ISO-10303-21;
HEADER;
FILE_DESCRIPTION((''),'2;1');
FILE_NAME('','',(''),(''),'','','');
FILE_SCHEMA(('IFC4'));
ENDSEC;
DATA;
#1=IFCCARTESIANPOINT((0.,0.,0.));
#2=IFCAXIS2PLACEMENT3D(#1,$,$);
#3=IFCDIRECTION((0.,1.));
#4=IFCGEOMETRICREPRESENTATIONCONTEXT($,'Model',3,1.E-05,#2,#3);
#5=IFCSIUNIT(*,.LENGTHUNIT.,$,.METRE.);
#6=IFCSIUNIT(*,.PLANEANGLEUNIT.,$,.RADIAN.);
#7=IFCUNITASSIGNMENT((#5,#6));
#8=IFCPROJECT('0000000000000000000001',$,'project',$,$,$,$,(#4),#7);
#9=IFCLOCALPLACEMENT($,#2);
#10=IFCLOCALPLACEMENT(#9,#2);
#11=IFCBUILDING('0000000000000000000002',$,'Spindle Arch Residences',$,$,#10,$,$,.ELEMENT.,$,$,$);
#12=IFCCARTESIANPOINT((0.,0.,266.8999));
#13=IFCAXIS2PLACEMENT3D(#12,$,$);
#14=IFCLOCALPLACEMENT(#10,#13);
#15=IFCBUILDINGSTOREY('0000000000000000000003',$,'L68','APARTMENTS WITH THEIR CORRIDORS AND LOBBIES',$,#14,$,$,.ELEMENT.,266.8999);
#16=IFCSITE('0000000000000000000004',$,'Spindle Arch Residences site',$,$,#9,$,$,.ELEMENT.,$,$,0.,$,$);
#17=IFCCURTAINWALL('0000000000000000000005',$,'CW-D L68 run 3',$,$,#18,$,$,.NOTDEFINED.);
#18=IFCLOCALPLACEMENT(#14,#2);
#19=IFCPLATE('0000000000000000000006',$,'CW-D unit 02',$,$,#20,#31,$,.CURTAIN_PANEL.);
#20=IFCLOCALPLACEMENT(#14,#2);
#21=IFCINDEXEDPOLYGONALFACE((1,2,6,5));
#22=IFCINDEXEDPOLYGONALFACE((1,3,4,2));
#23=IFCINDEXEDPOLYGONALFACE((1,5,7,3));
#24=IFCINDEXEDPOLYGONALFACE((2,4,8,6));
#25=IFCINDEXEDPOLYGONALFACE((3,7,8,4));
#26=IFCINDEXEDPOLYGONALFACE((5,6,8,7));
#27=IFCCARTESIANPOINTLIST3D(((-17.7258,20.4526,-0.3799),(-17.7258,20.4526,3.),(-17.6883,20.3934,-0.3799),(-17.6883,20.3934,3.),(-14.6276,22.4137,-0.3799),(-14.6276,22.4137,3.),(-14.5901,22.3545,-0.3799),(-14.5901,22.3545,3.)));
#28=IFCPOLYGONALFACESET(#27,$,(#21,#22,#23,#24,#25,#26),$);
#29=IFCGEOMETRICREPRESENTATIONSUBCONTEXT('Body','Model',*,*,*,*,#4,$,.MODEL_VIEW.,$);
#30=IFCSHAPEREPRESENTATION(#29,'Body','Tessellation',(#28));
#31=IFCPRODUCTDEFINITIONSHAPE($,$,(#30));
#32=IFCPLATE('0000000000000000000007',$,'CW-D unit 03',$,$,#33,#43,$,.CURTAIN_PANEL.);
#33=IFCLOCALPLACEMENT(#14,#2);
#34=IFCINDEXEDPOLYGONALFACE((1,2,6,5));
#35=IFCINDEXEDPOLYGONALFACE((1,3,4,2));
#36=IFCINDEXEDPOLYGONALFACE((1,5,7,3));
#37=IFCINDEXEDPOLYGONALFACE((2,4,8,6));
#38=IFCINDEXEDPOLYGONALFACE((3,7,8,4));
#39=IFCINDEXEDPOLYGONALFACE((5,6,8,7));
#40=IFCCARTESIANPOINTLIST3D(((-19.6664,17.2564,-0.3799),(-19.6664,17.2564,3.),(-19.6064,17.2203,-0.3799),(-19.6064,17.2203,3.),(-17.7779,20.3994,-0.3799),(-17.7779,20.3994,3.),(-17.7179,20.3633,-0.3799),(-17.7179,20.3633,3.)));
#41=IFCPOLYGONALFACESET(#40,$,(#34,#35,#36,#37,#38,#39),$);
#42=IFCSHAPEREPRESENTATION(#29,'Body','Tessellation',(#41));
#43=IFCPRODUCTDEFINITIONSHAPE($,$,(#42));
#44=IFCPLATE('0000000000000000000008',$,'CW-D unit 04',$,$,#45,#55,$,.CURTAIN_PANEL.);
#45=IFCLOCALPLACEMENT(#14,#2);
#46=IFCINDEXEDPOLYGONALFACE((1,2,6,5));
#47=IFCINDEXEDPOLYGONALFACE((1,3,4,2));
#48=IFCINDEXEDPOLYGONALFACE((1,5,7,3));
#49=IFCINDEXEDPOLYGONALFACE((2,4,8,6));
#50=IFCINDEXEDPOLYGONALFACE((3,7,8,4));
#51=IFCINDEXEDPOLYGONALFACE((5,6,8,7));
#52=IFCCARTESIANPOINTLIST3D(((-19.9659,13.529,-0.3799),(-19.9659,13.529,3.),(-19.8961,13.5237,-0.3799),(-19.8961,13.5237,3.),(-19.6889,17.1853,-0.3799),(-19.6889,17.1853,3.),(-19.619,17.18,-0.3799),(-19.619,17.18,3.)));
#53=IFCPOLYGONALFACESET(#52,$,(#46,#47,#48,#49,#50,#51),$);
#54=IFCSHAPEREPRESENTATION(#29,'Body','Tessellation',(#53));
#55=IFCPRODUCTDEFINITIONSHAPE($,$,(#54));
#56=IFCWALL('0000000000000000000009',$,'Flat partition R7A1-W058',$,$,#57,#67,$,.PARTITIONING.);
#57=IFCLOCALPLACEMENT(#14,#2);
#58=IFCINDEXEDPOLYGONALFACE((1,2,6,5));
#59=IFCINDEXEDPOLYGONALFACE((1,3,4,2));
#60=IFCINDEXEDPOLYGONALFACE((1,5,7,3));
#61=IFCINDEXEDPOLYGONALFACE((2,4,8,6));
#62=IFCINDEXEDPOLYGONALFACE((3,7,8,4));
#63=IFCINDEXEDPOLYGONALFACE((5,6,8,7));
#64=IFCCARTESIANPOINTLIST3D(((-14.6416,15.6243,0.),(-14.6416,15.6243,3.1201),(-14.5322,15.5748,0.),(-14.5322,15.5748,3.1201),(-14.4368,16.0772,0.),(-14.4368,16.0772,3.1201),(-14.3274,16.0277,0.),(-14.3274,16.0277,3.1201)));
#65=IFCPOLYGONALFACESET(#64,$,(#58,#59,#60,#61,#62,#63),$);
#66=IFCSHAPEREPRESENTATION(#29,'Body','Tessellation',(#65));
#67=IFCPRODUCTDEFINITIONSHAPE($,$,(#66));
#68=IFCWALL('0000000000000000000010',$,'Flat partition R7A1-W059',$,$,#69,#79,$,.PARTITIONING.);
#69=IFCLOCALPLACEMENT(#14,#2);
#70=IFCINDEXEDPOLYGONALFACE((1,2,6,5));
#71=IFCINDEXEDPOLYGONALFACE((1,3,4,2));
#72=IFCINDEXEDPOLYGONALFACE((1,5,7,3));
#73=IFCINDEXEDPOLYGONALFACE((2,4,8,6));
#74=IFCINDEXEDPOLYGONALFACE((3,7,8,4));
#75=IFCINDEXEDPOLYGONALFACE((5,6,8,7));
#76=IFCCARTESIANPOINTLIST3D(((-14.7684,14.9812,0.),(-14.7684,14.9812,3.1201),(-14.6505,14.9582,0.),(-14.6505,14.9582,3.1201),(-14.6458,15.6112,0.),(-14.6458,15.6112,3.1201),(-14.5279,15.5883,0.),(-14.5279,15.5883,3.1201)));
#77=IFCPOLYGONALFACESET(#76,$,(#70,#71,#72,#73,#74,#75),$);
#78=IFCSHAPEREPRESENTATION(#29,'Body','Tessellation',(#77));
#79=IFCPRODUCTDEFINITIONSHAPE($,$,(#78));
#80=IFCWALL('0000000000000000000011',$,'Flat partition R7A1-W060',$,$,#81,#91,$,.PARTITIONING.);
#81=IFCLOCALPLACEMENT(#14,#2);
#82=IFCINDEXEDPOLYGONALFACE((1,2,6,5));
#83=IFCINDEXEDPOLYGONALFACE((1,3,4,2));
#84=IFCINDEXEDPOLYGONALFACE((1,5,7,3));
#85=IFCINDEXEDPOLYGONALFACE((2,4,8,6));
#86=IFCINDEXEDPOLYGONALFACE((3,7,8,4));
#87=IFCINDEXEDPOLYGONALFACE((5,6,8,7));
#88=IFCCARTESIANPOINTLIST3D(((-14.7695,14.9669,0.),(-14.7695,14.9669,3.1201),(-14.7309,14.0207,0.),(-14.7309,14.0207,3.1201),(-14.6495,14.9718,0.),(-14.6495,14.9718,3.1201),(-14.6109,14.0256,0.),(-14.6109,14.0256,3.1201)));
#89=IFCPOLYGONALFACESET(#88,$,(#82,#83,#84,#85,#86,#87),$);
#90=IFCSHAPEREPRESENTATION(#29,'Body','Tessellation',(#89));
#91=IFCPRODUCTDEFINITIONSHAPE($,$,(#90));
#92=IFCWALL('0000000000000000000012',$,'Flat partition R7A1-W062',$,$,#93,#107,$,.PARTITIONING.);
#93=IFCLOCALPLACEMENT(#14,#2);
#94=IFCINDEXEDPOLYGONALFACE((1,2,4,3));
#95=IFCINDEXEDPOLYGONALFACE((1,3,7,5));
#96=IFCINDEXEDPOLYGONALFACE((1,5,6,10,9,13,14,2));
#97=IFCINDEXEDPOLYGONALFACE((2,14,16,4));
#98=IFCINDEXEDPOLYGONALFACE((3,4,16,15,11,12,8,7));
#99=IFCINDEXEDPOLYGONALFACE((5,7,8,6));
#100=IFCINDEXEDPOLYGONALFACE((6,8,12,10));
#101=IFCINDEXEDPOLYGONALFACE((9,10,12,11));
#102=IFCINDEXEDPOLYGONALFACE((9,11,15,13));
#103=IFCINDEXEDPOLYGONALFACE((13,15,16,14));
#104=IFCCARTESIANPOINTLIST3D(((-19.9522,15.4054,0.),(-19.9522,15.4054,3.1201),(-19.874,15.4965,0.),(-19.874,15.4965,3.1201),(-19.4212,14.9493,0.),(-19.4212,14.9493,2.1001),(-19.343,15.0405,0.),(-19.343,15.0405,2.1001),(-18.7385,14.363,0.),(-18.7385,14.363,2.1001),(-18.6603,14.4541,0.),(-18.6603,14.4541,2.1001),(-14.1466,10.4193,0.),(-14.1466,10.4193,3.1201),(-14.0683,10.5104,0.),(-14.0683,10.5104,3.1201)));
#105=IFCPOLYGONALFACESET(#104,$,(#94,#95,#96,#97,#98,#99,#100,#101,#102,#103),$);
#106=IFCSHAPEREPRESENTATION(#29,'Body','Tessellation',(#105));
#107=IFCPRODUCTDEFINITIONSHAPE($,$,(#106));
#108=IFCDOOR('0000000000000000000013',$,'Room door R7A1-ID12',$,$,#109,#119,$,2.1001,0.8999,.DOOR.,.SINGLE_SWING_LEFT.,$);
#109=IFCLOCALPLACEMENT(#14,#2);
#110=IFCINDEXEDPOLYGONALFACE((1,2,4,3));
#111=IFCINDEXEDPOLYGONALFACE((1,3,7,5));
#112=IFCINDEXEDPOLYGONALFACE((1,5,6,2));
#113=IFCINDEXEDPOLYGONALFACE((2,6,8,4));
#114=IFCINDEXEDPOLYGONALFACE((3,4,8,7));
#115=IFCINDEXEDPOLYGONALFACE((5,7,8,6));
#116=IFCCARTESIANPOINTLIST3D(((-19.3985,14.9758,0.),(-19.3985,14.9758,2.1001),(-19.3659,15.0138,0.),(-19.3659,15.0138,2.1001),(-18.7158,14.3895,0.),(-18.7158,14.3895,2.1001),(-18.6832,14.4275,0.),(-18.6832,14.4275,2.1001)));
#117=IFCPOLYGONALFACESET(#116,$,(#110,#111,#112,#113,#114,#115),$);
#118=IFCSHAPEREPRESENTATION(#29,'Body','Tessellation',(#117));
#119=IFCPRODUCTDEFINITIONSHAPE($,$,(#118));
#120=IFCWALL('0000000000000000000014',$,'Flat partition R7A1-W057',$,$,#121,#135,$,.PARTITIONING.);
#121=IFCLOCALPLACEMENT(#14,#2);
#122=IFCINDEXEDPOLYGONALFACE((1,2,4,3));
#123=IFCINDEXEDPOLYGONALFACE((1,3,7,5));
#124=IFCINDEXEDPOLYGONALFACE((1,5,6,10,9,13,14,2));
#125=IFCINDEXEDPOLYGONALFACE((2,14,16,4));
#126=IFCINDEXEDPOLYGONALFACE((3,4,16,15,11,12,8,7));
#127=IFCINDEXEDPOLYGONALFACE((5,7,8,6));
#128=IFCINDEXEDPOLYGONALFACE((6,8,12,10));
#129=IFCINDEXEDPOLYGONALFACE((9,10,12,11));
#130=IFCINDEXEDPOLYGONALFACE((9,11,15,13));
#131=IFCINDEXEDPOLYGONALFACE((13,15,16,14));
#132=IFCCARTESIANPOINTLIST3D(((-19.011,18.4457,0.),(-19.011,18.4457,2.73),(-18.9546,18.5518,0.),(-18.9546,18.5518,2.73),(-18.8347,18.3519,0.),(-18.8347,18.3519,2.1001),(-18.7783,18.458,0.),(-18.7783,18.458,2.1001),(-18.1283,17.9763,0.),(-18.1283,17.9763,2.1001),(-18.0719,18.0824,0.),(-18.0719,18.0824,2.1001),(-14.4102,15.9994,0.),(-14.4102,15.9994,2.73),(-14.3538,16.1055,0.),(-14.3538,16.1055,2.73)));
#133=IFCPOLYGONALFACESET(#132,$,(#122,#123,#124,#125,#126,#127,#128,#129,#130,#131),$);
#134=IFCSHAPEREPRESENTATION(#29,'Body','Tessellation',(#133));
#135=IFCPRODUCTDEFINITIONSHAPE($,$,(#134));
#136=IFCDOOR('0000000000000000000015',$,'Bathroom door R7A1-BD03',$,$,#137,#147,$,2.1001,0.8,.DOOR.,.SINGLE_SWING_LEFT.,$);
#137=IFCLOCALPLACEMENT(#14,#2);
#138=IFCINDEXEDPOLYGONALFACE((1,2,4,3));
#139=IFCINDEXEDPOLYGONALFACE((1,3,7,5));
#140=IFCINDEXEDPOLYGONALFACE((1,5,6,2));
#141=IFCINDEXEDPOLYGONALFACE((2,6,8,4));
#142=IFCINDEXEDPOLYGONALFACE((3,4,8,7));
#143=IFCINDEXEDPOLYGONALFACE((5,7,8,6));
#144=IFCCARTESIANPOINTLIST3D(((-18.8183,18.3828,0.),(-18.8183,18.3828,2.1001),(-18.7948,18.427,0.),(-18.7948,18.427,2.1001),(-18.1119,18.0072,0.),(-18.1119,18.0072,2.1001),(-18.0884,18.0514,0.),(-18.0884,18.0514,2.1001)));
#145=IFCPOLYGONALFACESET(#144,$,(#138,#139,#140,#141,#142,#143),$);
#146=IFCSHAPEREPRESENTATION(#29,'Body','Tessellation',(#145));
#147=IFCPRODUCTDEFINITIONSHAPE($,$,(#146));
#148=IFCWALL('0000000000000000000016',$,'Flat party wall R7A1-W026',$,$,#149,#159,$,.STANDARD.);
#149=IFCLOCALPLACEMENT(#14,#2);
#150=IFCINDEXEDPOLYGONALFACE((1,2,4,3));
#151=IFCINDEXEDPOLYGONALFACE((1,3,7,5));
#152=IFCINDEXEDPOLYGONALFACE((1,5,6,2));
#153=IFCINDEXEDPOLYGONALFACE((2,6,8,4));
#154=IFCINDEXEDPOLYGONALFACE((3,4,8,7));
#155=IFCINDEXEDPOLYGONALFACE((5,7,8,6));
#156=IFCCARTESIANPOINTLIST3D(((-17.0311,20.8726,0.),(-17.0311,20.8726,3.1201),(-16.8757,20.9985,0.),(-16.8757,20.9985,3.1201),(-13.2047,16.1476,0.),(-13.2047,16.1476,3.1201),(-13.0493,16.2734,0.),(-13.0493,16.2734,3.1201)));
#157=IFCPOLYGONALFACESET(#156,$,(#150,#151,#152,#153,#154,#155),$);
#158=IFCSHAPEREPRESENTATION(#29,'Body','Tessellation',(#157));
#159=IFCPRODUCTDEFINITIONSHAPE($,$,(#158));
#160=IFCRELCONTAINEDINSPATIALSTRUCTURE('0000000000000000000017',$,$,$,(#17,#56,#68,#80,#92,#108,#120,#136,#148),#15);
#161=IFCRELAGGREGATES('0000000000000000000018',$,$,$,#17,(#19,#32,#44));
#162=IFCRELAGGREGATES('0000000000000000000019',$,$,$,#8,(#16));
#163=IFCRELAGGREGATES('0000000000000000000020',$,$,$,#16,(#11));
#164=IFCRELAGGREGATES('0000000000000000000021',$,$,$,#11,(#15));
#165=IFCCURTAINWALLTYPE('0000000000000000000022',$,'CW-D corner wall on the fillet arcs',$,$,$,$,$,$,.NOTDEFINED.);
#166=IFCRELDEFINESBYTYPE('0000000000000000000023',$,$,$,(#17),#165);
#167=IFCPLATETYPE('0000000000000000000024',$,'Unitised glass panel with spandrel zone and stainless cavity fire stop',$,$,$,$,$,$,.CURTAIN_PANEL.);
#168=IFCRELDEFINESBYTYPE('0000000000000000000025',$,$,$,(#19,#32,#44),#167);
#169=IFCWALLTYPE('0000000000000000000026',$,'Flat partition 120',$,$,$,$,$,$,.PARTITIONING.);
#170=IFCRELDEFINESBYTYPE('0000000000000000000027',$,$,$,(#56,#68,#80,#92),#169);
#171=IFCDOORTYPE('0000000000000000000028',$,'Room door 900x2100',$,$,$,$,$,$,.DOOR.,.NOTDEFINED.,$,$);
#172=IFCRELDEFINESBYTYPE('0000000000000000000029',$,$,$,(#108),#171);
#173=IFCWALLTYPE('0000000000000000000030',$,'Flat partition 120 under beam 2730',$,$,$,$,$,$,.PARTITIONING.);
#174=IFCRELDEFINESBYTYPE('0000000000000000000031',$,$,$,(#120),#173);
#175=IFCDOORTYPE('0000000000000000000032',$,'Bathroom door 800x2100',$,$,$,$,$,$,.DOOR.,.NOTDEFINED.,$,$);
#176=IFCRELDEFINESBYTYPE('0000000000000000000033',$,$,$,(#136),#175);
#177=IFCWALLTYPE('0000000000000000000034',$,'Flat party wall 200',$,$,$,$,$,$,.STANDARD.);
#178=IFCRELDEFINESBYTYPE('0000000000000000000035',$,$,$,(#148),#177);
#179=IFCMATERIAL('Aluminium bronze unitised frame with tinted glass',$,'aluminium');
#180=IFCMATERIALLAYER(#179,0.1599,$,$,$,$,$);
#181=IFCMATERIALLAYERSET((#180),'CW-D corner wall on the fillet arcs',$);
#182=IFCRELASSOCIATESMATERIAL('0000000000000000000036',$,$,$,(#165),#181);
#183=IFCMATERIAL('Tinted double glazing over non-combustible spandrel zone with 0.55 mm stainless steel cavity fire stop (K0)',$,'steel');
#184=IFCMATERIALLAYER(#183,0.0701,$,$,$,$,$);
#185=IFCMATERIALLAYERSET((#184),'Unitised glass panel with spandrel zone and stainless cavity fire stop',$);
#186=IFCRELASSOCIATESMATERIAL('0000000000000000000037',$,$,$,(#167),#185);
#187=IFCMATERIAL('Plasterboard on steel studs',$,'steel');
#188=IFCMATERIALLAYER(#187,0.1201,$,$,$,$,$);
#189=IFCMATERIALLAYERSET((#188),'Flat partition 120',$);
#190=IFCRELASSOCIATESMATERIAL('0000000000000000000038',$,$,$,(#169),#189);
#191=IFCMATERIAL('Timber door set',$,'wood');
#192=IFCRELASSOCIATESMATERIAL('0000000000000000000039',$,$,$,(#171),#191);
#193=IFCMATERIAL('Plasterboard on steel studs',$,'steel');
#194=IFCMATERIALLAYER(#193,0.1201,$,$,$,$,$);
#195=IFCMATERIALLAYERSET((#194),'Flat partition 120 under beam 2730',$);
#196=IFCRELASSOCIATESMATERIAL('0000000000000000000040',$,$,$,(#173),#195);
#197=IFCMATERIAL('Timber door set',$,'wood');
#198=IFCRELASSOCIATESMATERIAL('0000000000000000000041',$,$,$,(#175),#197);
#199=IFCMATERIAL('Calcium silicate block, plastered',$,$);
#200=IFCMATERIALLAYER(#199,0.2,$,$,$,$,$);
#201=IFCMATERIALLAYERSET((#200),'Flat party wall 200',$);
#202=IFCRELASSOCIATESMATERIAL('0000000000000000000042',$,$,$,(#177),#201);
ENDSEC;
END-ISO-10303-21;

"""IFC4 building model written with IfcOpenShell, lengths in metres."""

from ifc_helpers import new_model, si_unit, direction, frame, frame_2d, origin, origin_2d, place, context, subcontext, project, spatial, rectangle, extrude, material, layer, layer_set, type_object, element, fill, aggregate, save


model = new_model("IFC4")

# Units and contexts
model_context = context("Model", 3, precision=1e-05, world=origin(), true_north=direction((0.0, 1.0)))
body_context = subcontext(model_context, "Body", "Model", "MODEL_VIEW")
ifc_project = project(units=[si_unit("LENGTHUNIT", "METRE"), si_unit("PLANEANGLEUNIT", "RADIAN")], contexts=[model_context])

# Site, building, storey
site_placement = place(None, origin())
site = spatial("IfcSite", under=ifc_project, at=site_placement, Name="Spindle Arch Residences site", CompositionType="ELEMENT", RefElevation=0.0)
building_placement = place(site_placement, origin())
building = spatial("IfcBuilding", under=site, at=building_placement, Name="Spindle Arch Residences", CompositionType="ELEMENT")
storey_placement = place(building_placement, frame((0.0, 0.0, 266.8999)))
storey = spatial("IfcBuildingStorey", under=building, at=storey_placement, Name="L68", Description="APARTMENTS WITH THEIR CORRIDORS AND LOBBIES", CompositionType="ELEMENT", Elevation=266.8999)

# Curtain wall
ifc_material_1 = material(Name="Aluminium bronze unitised frame with tinted glass", Category="aluminium")
ifc_layer_1 = layer(ifc_material_1, 0.1599)
ifc_layer_set_1 = layer_set([ifc_layer_1], Name="CW-D corner wall on the fillet arcs")
curtain_wall_type = type_object("IfcCurtainWallType", Name="CW-D corner wall on the fillet arcs", PredefinedType="NOTDEFINED", material=ifc_layer_set_1)
curtain_wall_placement = place(storey_placement, origin())
curtain_wall = element("IfcCurtainWall", 1, at=curtain_wall_placement, inside=storey, type_object=curtain_wall_type, Name="CW-D L68 run 3", PredefinedType="NOTDEFINED")

# Plates
ifc_material_2 = material(Name="Tinted double glazing over non-combustible spandrel zone with 0.55 mm stainless steel cavity fire stop (K0)", Category="steel")
ifc_layer_2 = layer(ifc_material_2, 0.0701)
ifc_layer_set_2 = layer_set([ifc_layer_2], Name="Unitised glass panel with spandrel zone and stainless cavity fire stop")
plate_type = type_object("IfcPlateType", Name="Unitised glass panel with spandrel zone and stainless cavity fire stop", PredefinedType="CURTAIN_PANEL", material=ifc_layer_set_2)
plate_1_placement = place(storey_placement, frame((-16.158, 21.4036, -0.3799), z_axis=(0.0, 0.0, 1.0), x_axis=(-0.844951, -0.534844, 0.0)))
plate_1 = element("IfcPlate", 2, at=plate_1_placement, type_object=plate_type, Name="CW-D unit 02", PredefinedType="CURTAIN_PANEL", context=body_context, shape_type="SweptSolid", body=[
    extrude(rectangle(XDim=3.6667, YDim=0.0701, at=origin_2d()), origin(), (0.0, 0.0, 1.0), 3.3799),
])
plate_2_placement = place(storey_placement, frame((-18.6921, 18.8098, -0.3799), z_axis=(0.0, 0.0, 1.0), x_axis=(-0.515038, -0.857167, 0.0)))
plate_2 = element("IfcPlate", 3, at=plate_2_placement, type_object=plate_type, Name="CW-D unit 03", PredefinedType="CURTAIN_PANEL", context=body_context, shape_type="SweptSolid", body=[
    extrude(rectangle(XDim=3.6667, YDim=0.0701, at=origin_2d()), origin(), (0.0, 0.0, 1.0), 3.3799),
])
plate_3_placement = place(storey_placement, frame((-19.7925, 15.3545, -0.3799), z_axis=(0.0, 0.0, 1.0), x_axis=(-0.075559, -0.997141, 0.0)))
plate_3 = element("IfcPlate", 4, at=plate_3_placement, type_object=plate_type, Name="CW-D unit 04", PredefinedType="CURTAIN_PANEL", context=body_context, shape_type="SweptSolid", body=[
    extrude(rectangle(XDim=3.6667, YDim=0.0701, at=origin_2d()), origin(), (0.0, 0.0, 1.0), 3.3799),
])
aggregate(curtain_wall, [plate_1, plate_2, plate_3])

# Walls
ifc_material_3 = material(Name="Plasterboard on steel studs", Category="steel")
ifc_layer_3 = layer(ifc_material_3, 0.1201)
ifc_layer_set_3 = layer_set([ifc_layer_3], Name="Flat partition 120")
wall_type_1 = type_object("IfcWallType", Name="Flat partition 120", PredefinedType="PARTITIONING", material=ifc_layer_set_3)
wall_1_placement = place(storey_placement, frame((-14.3821, 16.0525, 0.0), z_axis=(0.0, 0.0, 1.0), x_axis=(-0.4121, -0.911139, 0.0)))
element("IfcWall", 5, at=wall_1_placement, inside=storey, type_object=wall_type_1, Name="Flat partition R7A1-W058", PredefinedType="PARTITIONING", context=body_context, shape_type="SweptSolid", body=[
    extrude(rectangle(XDim=0.4971, YDim=0.1201, at=frame_2d((0.2485, 0.0))), origin(), (0.0, 0.0, 1.0), 3.1201),
])
wall_2_placement = place(storey_placement, frame((-14.5869, 15.5996, 0.0), z_axis=(0.0, 0.0, 1.0), x_axis=(-0.190921, -0.981605, 0.0)))
element("IfcWall", 6, at=wall_2_placement, inside=storey, type_object=wall_type_1, Name="Flat partition R7A1-W059", PredefinedType="PARTITIONING", context=body_context, shape_type="SweptSolid", body=[
    extrude(rectangle(XDim=0.6418, YDim=0.1201, at=frame_2d((0.3208, 0.0))), origin(), (0.0, 0.0, 1.0), 3.1201),
])
wall_3_placement = place(storey_placement, frame((-14.7095, 14.9695, 0.0), z_axis=(0.0, 0.0, 1.0), x_axis=(0.04073, -0.99917, 0.0)))
element("IfcWall", 7, at=wall_3_placement, inside=storey, type_object=wall_type_1, Name="Flat partition R7A1-W060", PredefinedType="PARTITIONING", context=body_context, shape_type="SweptSolid", body=[
    extrude(rectangle(XDim=0.947, YDim=0.1201, at=frame_2d((0.4736, 0.0))), origin(), (0.0, 0.0, 1.0), 3.1201),
])

# Walls, openings, doors
wall_4_placement = place(storey_placement, frame((-19.9131, 15.4509, 0.0), z_axis=(0.0, 0.0, 1.0), x_axis=(0.758623, -0.651529, 0.0)))
wall_4 = element("IfcWall", 8, at=wall_4_placement, inside=storey, type_object=wall_type_1, Name="Flat partition R7A1-W062", PredefinedType="PARTITIONING", context=body_context, shape_type="SweptSolid", body=[
    extrude(rectangle(XDim=7.6528, YDim=0.1201, at=frame_2d((3.8264, 0.0))), origin(), (0.0, 0.0, 1.0), 3.1201),
])
opening_1_placement = place(wall_4_placement, frame((0.7, 0.0, 0.0)))
opening_1 = element("IfcOpeningElement", 9, at=opening_1_placement, cuts=wall_4, PredefinedType="OPENING", context=body_context, shape_type="SweptSolid", body=[
    extrude(rectangle(XDim=0.8999, YDim=2.1001, at=frame_2d((0.45, 1.05))), frame((0.0, 0.0701, 0.0), z_axis=(0.0, -1.0, 0.0), x_axis=(1.0, 0.0, 0.0)), (0.0, 0.0, 1.0), 0.1401),
])
ifc_material_4 = material(Name="Timber door set", Category="wood")
door_type_1 = type_object("IfcDoorType", Name="Room door 900x2100", OperationType="NOTDEFINED", PredefinedType="DOOR", material=ifc_material_4)
door_1_placement = place(opening_1_placement, origin())
door_1 = element("IfcDoor", 10, at=door_1_placement, inside=storey, type_object=door_type_1, Name="Room door R7A1-ID12", OperationType="SINGLE_SWING_LEFT", OverallHeight=2.1001, OverallWidth=0.8999, PredefinedType="DOOR", context=body_context, shape_type="SweptSolid", body=[
    extrude(rectangle(XDim=0.8999, YDim=2.1001, at=frame_2d((0.45, 1.05))), frame((0.0, 0.0249, 0.0), z_axis=(0.0, -1.0, 0.0), x_axis=(1.0, 0.0, 0.0)), (0.0, 0.0, 1.0), 0.05),
])
fill(opening_1, door_1)
ifc_material_5 = material(Name="Plasterboard on steel studs", Category="steel")
ifc_layer_4 = layer(ifc_material_5, 0.1201)
ifc_layer_set_4 = layer_set([ifc_layer_4], Name="Flat partition 120 under beam 2730")
wall_type_2 = type_object("IfcWallType", Name="Flat partition 120 under beam 2730", PredefinedType="PARTITIONING", material=ifc_layer_set_4)
wall_5_placement = place(storey_placement, frame((-18.9829, 18.4988, 0.0), z_axis=(0.0, 0.0, 1.0), x_axis=(0.882949, -0.469469, 0.0)))
wall_5 = element("IfcWall", 11, at=wall_5_placement, inside=storey, type_object=wall_type_2, Name="Flat partition R7A1-W057", PredefinedType="PARTITIONING", context=body_context, shape_type="SweptSolid", body=[
    extrude(rectangle(XDim=5.2107, YDim=0.1201, at=frame_2d((2.6055, 0.0))), origin(), (0.0, 0.0, 1.0), 2.73),
])
opening_2_placement = place(wall_5_placement, frame((0.2, 0.0, 0.0)))
opening_2 = element("IfcOpeningElement", 12, at=opening_2_placement, cuts=wall_5, PredefinedType="OPENING", context=body_context, shape_type="SweptSolid", body=[
    extrude(rectangle(XDim=0.8, YDim=2.1001, at=frame_2d((0.3999, 1.05))), frame((0.0, 0.0701, 0.0), z_axis=(0.0, -1.0, 0.0), x_axis=(1.0, 0.0, 0.0)), (0.0, 0.0, 1.0), 0.1401),
])
ifc_material_6 = material(Name="Timber door set", Category="wood")
door_type_2 = type_object("IfcDoorType", Name="Bathroom door 800x2100", OperationType="NOTDEFINED", PredefinedType="DOOR", material=ifc_material_6)
door_2_placement = place(opening_2_placement, origin())
door_2 = element("IfcDoor", 13, at=door_2_placement, inside=storey, type_object=door_type_2, Name="Bathroom door R7A1-BD03", OperationType="SINGLE_SWING_LEFT", OverallHeight=2.1001, OverallWidth=0.8, PredefinedType="DOOR", context=body_context, shape_type="SweptSolid", body=[
    extrude(rectangle(XDim=0.8, YDim=2.1001, at=frame_2d((0.3999, 1.05))), frame((0.0, 0.0249, 0.0), z_axis=(0.0, -1.0, 0.0), x_axis=(1.0, 0.0, 0.0)), (0.0, 0.0, 1.0), 0.05),
])
fill(opening_2, door_2)

# Wall
ifc_material_7 = material(Name="Calcium silicate block, plastered")
ifc_layer_5 = layer(ifc_material_7, 0.2)
ifc_layer_set_5 = layer_set([ifc_layer_5], Name="Flat party wall 200")
wall_type_3 = type_object("IfcWallType", Name="Flat party wall 200", PredefinedType="STANDARD", material=ifc_layer_set_5)
wall_6_placement = place(storey_placement, frame((-16.9534, 20.9355, 0.0), z_axis=(0.0, 0.0, 1.0), x_axis=(0.629331, -0.777137, 0.0)))
element("IfcWall", 14, at=wall_6_placement, inside=storey, type_object=wall_type_3, Name="Flat party wall R7A1-W026", PredefinedType="STANDARD", context=body_context, shape_type="SweptSolid", body=[
    extrude(rectangle(XDim=6.0801, YDim=0.2, at=frame_2d((3.04, 0.0))), origin(), (0.0, 0.0, 1.0), 3.1201),
])

save(model, "model.ifc")
